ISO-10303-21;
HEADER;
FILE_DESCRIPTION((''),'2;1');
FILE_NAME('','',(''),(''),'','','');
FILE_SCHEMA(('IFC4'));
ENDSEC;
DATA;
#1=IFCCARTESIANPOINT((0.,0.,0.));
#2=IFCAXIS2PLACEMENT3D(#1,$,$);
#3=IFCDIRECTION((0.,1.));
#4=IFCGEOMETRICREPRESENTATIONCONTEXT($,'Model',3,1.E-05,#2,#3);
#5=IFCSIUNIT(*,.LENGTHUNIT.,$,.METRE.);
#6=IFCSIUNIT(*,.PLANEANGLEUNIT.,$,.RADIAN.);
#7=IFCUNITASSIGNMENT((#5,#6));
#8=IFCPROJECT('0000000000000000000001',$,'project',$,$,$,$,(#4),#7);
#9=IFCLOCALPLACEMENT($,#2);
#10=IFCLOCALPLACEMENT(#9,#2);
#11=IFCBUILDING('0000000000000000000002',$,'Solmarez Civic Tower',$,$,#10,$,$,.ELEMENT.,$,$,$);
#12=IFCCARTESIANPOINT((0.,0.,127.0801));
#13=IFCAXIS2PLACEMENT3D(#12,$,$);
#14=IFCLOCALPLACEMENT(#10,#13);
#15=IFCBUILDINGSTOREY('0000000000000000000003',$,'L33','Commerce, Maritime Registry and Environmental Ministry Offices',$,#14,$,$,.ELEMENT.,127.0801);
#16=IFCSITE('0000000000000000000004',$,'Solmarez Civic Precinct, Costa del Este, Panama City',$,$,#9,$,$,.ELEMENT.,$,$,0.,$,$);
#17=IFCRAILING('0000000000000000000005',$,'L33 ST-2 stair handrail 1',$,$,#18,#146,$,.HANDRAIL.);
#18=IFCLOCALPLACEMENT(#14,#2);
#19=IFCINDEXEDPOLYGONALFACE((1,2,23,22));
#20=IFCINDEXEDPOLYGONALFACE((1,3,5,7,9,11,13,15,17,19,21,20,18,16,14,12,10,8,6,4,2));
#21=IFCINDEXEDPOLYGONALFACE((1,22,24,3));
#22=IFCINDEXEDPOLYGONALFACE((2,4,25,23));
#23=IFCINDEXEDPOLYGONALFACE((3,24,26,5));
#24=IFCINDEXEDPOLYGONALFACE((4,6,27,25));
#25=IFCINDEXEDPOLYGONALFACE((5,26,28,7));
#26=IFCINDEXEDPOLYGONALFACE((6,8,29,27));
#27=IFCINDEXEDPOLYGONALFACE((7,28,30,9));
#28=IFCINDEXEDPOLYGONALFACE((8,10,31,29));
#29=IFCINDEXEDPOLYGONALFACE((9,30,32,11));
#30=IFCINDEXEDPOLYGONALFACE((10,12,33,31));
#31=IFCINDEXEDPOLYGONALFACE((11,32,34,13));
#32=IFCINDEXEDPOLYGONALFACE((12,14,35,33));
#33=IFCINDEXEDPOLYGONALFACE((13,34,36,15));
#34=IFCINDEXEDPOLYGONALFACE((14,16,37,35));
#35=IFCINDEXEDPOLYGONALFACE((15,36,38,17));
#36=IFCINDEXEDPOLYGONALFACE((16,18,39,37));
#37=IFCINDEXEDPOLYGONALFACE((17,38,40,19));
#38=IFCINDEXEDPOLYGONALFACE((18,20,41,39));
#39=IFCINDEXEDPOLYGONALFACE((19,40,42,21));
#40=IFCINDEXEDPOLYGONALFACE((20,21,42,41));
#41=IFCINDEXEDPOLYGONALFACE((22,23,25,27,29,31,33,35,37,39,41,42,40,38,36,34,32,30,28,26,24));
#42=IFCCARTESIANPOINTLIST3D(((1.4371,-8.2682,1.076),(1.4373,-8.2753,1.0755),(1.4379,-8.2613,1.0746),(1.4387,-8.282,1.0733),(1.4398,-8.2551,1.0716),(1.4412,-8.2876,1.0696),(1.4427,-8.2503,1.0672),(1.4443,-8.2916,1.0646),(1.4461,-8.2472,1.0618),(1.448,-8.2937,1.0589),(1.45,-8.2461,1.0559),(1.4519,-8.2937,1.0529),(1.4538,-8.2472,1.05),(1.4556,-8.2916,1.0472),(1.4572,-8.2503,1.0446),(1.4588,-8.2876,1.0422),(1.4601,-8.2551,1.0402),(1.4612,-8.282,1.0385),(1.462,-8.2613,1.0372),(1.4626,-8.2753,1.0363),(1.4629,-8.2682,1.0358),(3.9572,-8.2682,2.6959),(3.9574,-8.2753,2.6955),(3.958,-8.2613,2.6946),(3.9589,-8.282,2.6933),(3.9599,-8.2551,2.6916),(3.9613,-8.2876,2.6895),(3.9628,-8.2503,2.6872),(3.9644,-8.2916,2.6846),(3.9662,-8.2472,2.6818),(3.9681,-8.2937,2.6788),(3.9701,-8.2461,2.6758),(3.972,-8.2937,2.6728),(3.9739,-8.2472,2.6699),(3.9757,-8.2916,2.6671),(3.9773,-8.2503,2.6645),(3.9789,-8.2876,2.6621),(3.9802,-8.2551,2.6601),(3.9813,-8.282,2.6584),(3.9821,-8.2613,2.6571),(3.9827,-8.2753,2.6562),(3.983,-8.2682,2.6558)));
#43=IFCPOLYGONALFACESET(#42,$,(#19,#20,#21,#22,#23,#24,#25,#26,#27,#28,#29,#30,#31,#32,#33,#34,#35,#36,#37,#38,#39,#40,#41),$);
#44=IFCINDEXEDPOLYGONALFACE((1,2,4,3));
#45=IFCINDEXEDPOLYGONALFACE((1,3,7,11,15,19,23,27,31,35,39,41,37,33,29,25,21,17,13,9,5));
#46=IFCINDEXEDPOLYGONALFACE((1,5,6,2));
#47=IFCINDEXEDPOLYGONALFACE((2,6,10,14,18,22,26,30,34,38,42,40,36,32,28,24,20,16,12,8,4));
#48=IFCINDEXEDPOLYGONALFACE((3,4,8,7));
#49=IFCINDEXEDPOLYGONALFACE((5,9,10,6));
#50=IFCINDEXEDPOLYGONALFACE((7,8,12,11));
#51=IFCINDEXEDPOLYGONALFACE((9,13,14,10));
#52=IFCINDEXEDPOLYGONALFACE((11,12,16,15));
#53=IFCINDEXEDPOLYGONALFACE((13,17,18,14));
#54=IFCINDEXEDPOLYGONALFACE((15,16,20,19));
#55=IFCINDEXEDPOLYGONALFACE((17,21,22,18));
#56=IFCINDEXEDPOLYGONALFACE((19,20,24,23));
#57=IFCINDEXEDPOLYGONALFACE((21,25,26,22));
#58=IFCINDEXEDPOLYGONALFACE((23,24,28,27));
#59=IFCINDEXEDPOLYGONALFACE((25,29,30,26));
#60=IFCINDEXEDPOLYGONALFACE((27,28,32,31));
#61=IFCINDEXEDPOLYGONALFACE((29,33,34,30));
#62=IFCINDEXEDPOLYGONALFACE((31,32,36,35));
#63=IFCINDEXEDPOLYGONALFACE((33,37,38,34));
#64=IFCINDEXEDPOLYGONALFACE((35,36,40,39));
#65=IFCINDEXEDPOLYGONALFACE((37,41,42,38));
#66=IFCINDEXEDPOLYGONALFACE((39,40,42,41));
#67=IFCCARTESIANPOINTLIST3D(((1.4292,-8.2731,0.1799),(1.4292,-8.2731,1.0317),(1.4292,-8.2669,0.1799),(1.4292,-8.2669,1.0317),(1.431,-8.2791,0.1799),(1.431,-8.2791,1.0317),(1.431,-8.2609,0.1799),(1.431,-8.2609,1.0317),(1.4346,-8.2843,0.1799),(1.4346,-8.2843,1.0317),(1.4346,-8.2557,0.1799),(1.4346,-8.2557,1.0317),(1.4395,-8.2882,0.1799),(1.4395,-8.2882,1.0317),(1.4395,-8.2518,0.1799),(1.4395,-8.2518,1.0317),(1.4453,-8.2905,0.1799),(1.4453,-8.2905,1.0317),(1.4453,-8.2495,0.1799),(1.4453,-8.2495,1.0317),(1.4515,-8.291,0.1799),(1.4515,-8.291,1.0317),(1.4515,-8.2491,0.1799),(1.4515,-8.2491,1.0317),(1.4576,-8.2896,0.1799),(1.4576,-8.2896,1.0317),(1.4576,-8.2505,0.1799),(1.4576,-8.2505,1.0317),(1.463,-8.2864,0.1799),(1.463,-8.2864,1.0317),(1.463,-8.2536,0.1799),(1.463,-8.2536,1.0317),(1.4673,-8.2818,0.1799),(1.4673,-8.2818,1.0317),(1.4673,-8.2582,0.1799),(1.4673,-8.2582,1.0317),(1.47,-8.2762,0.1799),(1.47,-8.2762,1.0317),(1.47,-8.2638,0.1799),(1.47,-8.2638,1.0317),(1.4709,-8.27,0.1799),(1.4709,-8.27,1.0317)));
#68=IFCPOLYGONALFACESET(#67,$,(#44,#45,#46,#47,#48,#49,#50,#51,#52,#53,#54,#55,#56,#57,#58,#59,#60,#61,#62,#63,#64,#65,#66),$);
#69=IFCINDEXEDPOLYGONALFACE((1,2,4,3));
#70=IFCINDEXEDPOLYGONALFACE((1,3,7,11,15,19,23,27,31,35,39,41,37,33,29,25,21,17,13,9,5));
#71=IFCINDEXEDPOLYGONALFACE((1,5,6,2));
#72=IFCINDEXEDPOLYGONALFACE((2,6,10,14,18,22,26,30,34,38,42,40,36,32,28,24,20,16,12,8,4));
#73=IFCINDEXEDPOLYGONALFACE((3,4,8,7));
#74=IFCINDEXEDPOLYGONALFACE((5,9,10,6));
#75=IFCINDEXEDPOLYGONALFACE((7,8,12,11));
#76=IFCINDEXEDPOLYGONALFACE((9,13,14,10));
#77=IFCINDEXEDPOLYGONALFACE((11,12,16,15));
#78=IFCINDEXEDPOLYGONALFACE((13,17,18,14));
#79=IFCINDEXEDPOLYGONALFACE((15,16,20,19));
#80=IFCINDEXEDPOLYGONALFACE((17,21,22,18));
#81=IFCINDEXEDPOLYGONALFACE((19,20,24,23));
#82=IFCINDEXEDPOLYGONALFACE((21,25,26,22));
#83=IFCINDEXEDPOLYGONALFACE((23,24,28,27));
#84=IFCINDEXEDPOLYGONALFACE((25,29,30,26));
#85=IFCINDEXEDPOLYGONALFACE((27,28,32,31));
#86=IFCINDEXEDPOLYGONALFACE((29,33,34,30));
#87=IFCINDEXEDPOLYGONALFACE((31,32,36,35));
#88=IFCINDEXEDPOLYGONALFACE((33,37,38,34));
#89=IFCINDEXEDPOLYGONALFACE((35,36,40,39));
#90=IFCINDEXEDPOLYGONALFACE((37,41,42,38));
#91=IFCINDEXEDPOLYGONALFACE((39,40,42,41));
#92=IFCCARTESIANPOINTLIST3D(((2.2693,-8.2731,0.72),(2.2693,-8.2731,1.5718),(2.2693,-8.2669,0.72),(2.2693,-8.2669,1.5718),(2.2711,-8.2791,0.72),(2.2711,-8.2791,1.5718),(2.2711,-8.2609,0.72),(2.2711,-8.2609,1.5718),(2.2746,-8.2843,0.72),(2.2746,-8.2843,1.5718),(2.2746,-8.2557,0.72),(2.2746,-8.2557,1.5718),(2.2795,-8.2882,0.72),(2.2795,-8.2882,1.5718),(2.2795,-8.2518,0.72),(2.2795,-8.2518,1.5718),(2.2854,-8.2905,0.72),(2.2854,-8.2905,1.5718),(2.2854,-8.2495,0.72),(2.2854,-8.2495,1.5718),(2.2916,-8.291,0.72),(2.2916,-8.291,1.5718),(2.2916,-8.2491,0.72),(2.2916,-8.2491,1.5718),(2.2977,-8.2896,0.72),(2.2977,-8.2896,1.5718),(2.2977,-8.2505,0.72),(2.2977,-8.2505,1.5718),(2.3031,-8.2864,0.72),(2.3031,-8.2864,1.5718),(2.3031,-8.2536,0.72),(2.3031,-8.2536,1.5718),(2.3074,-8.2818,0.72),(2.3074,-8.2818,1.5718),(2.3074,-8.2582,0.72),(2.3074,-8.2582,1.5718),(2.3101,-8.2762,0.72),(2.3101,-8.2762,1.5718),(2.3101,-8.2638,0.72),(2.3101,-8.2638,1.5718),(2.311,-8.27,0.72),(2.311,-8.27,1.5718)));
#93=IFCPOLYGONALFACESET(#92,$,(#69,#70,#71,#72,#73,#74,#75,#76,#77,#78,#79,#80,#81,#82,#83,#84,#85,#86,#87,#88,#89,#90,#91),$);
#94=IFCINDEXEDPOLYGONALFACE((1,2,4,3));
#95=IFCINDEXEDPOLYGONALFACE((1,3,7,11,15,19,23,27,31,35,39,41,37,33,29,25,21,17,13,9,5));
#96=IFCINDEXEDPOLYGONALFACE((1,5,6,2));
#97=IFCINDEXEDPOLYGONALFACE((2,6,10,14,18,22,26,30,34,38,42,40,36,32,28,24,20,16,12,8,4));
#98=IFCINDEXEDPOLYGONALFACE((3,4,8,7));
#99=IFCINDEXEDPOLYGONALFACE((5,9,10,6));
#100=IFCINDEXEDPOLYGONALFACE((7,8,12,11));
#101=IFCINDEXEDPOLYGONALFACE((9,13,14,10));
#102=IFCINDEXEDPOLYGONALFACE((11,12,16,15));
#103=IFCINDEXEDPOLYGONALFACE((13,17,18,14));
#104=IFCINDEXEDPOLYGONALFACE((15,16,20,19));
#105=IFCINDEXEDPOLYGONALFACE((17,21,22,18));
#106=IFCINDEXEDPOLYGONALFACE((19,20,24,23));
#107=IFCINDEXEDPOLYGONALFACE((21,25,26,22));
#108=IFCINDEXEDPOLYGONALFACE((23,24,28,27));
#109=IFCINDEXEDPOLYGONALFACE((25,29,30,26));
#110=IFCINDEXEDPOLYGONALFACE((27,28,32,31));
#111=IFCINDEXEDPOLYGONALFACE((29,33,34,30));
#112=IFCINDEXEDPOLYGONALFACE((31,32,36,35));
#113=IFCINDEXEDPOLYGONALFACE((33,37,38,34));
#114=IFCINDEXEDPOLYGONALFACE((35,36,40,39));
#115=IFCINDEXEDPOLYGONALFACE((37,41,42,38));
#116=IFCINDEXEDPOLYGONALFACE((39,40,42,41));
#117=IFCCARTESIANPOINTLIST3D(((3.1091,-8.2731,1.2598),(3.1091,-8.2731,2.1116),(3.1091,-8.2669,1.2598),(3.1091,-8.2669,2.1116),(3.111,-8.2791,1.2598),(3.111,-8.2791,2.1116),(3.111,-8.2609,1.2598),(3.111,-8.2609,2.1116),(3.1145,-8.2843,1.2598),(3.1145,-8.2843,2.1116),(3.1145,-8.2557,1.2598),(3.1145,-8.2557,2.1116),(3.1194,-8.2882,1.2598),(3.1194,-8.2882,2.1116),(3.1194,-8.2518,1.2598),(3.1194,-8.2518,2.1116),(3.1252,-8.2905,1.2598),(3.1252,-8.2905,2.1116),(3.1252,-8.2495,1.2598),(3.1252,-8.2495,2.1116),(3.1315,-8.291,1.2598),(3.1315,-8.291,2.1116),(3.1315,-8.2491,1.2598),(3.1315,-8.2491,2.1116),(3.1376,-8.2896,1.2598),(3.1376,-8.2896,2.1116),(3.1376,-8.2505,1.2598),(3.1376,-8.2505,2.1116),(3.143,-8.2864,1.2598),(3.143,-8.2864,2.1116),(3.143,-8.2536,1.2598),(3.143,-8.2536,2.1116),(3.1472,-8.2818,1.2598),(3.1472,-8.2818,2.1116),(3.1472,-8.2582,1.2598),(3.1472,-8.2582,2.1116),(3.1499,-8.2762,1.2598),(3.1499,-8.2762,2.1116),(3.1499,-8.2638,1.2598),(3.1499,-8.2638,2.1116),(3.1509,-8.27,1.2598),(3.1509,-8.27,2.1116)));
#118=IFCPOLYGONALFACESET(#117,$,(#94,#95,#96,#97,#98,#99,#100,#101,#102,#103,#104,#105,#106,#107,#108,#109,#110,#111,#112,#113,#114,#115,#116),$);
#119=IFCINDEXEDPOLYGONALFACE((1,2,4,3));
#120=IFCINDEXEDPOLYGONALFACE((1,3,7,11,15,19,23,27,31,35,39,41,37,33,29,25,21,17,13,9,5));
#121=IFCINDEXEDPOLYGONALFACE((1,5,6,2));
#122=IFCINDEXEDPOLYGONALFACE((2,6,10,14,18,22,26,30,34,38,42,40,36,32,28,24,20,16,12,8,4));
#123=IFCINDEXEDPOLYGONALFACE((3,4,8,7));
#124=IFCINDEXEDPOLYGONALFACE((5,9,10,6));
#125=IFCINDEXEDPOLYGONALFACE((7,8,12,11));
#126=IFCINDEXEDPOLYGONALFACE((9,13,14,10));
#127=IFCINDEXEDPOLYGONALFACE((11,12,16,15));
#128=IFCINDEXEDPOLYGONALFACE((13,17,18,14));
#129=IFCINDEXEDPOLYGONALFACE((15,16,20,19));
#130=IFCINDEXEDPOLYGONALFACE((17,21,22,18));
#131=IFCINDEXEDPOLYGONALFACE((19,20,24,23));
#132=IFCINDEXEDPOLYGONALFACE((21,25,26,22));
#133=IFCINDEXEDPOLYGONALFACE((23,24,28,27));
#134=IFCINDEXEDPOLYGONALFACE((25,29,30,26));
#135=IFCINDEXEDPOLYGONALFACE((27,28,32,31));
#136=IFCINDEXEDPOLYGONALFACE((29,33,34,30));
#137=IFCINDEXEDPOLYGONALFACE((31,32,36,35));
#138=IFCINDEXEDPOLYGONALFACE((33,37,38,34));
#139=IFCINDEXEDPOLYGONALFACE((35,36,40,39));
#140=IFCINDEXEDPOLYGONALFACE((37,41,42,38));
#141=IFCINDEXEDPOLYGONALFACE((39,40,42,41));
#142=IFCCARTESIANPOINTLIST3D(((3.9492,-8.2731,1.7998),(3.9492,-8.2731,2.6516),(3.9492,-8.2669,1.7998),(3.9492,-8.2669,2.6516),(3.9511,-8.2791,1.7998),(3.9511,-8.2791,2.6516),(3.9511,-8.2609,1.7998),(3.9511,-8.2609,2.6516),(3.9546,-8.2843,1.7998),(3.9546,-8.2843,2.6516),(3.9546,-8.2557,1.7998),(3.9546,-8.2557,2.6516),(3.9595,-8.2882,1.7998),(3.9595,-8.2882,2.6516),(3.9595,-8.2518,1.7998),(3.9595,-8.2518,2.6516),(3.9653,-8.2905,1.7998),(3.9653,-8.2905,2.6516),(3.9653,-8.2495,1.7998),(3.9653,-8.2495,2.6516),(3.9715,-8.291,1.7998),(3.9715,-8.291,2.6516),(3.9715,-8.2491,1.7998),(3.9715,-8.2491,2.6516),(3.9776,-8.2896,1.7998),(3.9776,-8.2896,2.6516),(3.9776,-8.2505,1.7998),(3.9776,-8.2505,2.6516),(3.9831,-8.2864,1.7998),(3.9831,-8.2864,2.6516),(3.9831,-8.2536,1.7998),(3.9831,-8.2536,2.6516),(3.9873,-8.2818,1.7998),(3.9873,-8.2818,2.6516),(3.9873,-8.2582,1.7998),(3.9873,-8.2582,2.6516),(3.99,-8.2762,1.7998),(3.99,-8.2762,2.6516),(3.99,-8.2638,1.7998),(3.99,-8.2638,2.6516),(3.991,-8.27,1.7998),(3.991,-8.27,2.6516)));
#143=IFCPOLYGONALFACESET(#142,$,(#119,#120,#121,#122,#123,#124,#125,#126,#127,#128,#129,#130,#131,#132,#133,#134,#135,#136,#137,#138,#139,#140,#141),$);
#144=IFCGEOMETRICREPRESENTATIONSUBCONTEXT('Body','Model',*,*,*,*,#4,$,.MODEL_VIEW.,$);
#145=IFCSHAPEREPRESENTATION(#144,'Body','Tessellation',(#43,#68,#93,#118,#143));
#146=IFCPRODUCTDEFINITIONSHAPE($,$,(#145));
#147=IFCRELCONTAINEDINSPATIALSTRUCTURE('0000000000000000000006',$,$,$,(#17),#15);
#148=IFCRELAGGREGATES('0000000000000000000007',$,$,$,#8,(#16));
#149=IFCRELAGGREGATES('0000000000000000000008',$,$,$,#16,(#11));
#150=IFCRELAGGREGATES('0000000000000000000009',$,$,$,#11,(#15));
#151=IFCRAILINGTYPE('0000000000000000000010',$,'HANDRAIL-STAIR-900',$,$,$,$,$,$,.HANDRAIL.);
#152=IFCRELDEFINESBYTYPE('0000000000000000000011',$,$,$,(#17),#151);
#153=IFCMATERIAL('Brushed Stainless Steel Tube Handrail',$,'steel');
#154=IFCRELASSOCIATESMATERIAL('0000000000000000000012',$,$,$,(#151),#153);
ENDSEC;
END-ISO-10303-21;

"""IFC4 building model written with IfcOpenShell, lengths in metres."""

from ifc_helpers import new_model, si_unit, direction, frame, origin, origin_2d, place, context, subcontext, project, spatial, circle, extrude, material, type_object, element, save


model = new_model("IFC4")

# Units and contexts
model_context = context("Model", 3, precision=1e-05, world=origin(), true_north=direction((0.0, 1.0)))
body_context = subcontext(model_context, "Body", "Model", "MODEL_VIEW")
ifc_project = project(units=[si_unit("LENGTHUNIT", "METRE"), si_unit("PLANEANGLEUNIT", "RADIAN")], contexts=[model_context])

# Site, building, storey
site_placement = place(None, origin())
site = spatial("IfcSite", under=ifc_project, at=site_placement, Name="Solmarez Civic Precinct, Costa del Este, Panama City", CompositionType="ELEMENT", RefElevation=0.0)
building_placement = place(site_placement, origin())
building = spatial("IfcBuilding", under=site, at=building_placement, Name="Solmarez Civic Tower", CompositionType="ELEMENT")
storey_placement = place(building_placement, frame((0.0, 0.0, 127.0801)))
storey = spatial("IfcBuildingStorey", under=building, at=storey_placement, Name="L33", Description="Commerce, Maritime Registry and Environmental Ministry Offices", CompositionType="ELEMENT", Elevation=127.0801)

# Railing
ifc_material_1 = material(Name="Brushed Stainless Steel Tube Handrail", Category="steel")
railing_type_1 = type_object("IfcRailingType", Name="HANDRAIL-STAIR-900", PredefinedType="HANDRAIL", material=ifc_material_1)
railing_1_placement = place(storey_placement, frame((1.45, -8.27, 0.1799)))
element("IfcRailing", 1, at=railing_1_placement, inside=storey, type_object=railing_type_1, Name="L33 ST-2 stair handrail 1", PredefinedType="HANDRAIL", context=body_context, shape_type="SweptSolid", body=[
    extrude(circle(Radius=0.0239, at=origin_2d()), frame((0.0, 0.0, 0.876), z_axis=(0.8412, 0.0, 0.540725), x_axis=(0.0, 1.0, 0.0)), (0.0, 0.0, 1.0), 2.9958),
    extrude(circle(Radius=0.021, at=origin_2d()), origin(), (0.0, 0.0, 1.0), 0.8518),
    extrude(circle(Radius=0.021, at=origin_2d()), frame((0.8401, 0.0, 0.54)), (0.0, 0.0, 1.0), 0.8518),
    extrude(circle(Radius=0.021, at=origin_2d()), frame((1.6799, 0.0, 1.0798)), (0.0, 0.0, 1.0), 0.8518),
    extrude(circle(Radius=0.021, at=origin_2d()), frame((2.52, 0.0, 1.6199)), (0.0, 0.0, 1.0), 0.8518),
])

save(model, "model.ifc")
